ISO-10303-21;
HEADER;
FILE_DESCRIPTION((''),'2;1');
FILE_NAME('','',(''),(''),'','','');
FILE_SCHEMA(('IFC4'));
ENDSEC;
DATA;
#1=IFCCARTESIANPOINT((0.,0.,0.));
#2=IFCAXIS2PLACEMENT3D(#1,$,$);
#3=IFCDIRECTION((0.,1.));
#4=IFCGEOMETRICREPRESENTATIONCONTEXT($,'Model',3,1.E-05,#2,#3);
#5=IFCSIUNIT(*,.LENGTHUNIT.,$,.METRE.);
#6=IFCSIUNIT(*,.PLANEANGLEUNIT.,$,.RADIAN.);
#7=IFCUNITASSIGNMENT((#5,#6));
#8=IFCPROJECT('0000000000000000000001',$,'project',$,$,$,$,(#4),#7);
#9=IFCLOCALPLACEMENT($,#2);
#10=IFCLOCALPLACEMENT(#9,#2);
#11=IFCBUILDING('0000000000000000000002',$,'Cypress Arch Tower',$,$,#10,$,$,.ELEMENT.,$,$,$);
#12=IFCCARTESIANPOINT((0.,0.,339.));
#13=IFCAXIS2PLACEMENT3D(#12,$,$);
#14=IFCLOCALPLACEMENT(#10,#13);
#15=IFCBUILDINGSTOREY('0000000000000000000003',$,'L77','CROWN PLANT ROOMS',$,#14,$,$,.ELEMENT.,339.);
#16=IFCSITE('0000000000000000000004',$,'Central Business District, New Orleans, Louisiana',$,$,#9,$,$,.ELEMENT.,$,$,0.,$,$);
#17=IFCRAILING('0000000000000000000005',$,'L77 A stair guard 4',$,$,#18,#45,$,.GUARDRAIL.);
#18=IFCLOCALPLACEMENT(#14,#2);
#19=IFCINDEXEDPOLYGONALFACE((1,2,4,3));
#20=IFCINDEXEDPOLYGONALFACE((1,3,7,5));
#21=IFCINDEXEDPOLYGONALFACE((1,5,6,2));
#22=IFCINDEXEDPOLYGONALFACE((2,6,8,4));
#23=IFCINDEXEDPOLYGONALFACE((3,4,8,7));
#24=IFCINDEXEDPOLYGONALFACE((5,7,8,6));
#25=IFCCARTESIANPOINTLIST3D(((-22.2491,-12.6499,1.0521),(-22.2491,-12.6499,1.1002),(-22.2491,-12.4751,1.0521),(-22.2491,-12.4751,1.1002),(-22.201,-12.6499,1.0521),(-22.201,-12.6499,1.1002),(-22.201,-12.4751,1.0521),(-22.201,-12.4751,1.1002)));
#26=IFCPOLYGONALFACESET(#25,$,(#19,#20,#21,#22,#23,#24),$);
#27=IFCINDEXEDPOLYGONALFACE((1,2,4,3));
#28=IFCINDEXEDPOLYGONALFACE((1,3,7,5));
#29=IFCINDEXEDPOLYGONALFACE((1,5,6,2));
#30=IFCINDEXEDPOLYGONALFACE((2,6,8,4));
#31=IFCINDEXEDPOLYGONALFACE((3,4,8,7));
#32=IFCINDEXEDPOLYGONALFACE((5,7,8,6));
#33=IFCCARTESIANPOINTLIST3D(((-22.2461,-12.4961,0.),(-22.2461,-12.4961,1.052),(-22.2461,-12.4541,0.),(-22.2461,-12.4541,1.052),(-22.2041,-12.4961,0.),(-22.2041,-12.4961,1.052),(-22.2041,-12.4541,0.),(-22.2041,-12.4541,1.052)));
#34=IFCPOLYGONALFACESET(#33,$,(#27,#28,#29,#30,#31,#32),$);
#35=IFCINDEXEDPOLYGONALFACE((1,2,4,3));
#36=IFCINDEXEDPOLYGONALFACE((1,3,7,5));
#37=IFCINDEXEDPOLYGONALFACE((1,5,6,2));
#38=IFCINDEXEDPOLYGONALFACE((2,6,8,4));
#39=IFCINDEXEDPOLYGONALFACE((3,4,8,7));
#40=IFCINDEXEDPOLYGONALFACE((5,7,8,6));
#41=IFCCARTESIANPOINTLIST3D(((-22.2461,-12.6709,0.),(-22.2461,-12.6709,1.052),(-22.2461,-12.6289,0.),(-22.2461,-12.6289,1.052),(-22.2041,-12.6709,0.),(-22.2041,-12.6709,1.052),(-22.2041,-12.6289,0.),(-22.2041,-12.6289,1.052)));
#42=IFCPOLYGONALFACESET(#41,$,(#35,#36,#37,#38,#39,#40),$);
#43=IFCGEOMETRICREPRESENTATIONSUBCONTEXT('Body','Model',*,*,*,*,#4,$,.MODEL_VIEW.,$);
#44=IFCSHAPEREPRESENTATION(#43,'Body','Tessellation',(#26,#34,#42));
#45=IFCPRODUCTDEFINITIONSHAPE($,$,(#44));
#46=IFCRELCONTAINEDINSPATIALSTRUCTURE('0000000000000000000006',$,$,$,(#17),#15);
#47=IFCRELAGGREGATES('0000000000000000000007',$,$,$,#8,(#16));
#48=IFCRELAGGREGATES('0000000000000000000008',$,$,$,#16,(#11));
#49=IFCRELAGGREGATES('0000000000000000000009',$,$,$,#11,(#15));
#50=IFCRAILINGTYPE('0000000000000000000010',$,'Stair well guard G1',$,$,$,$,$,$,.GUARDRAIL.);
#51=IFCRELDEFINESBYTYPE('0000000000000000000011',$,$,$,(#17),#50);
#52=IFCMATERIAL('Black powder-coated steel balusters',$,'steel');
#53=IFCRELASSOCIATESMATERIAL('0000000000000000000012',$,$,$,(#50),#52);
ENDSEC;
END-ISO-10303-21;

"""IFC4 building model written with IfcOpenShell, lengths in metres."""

from ifc_helpers import new_model, si_unit, direction, frame, origin, origin_2d, place, context, subcontext, project, spatial, rectangle, extrude, material, type_object, element, save


model = new_model("IFC4")

# Units and contexts
model_context = context("Model", 3, precision=1e-05, world=origin(), true_north=direction((0.0, 1.0)))
body_context = subcontext(model_context, "Body", "Model", "MODEL_VIEW")
ifc_project = project(units=[si_unit("LENGTHUNIT", "METRE"), si_unit("PLANEANGLEUNIT", "RADIAN")], contexts=[model_context])

# Site, building, storey
site_placement = place(None, origin())
site = spatial("IfcSite", under=ifc_project, at=site_placement, Name="Central Business District, New Orleans, Louisiana", CompositionType="ELEMENT", RefElevation=0.0)
building_placement = place(site_placement, origin())
building = spatial("IfcBuilding", under=site, at=building_placement, Name="Cypress Arch Tower", CompositionType="ELEMENT")
storey_placement = place(building_placement, frame((0.0, 0.0, 339.0)))
storey = spatial("IfcBuildingStorey", under=building, at=storey_placement, Name="L77", Description="CROWN PLANT ROOMS", CompositionType="ELEMENT", Elevation=339.0)

# Railing
ifc_material_1 = material(Name="Black powder-coated steel balusters", Category="steel")
railing_type_1 = type_object("IfcRailingType", Name="Stair well guard G1", PredefinedType="GUARDRAIL", material=ifc_material_1)
railing_1_placement = place(storey_placement, frame((-22.2251, -12.4751, 0.0)))
element("IfcRailing", 1, at=railing_1_placement, inside=storey, type_object=railing_type_1, Name="L77 A stair guard 4", PredefinedType="GUARDRAIL", context=body_context, shape_type="SweptSolid", body=[
    extrude(rectangle(XDim=0.0481, YDim=0.0481, at=origin_2d()), frame((0.0, 0.0, 1.0762), z_axis=(0.0, -1.0, 0.0), x_axis=(1.0, 0.0, 0.0)), (0.0, 0.0, 1.0), 0.1748),
    extrude(rectangle(XDim=0.042, YDim=0.042, at=origin_2d()), origin(), (0.0, 0.0, 1.0), 1.052),
    extrude(rectangle(XDim=0.042, YDim=0.042, at=origin_2d()), frame((0.0, -0.1748, 0.0)), (0.0, 0.0, 1.0), 1.052),
])

save(model, "model.ifc")
